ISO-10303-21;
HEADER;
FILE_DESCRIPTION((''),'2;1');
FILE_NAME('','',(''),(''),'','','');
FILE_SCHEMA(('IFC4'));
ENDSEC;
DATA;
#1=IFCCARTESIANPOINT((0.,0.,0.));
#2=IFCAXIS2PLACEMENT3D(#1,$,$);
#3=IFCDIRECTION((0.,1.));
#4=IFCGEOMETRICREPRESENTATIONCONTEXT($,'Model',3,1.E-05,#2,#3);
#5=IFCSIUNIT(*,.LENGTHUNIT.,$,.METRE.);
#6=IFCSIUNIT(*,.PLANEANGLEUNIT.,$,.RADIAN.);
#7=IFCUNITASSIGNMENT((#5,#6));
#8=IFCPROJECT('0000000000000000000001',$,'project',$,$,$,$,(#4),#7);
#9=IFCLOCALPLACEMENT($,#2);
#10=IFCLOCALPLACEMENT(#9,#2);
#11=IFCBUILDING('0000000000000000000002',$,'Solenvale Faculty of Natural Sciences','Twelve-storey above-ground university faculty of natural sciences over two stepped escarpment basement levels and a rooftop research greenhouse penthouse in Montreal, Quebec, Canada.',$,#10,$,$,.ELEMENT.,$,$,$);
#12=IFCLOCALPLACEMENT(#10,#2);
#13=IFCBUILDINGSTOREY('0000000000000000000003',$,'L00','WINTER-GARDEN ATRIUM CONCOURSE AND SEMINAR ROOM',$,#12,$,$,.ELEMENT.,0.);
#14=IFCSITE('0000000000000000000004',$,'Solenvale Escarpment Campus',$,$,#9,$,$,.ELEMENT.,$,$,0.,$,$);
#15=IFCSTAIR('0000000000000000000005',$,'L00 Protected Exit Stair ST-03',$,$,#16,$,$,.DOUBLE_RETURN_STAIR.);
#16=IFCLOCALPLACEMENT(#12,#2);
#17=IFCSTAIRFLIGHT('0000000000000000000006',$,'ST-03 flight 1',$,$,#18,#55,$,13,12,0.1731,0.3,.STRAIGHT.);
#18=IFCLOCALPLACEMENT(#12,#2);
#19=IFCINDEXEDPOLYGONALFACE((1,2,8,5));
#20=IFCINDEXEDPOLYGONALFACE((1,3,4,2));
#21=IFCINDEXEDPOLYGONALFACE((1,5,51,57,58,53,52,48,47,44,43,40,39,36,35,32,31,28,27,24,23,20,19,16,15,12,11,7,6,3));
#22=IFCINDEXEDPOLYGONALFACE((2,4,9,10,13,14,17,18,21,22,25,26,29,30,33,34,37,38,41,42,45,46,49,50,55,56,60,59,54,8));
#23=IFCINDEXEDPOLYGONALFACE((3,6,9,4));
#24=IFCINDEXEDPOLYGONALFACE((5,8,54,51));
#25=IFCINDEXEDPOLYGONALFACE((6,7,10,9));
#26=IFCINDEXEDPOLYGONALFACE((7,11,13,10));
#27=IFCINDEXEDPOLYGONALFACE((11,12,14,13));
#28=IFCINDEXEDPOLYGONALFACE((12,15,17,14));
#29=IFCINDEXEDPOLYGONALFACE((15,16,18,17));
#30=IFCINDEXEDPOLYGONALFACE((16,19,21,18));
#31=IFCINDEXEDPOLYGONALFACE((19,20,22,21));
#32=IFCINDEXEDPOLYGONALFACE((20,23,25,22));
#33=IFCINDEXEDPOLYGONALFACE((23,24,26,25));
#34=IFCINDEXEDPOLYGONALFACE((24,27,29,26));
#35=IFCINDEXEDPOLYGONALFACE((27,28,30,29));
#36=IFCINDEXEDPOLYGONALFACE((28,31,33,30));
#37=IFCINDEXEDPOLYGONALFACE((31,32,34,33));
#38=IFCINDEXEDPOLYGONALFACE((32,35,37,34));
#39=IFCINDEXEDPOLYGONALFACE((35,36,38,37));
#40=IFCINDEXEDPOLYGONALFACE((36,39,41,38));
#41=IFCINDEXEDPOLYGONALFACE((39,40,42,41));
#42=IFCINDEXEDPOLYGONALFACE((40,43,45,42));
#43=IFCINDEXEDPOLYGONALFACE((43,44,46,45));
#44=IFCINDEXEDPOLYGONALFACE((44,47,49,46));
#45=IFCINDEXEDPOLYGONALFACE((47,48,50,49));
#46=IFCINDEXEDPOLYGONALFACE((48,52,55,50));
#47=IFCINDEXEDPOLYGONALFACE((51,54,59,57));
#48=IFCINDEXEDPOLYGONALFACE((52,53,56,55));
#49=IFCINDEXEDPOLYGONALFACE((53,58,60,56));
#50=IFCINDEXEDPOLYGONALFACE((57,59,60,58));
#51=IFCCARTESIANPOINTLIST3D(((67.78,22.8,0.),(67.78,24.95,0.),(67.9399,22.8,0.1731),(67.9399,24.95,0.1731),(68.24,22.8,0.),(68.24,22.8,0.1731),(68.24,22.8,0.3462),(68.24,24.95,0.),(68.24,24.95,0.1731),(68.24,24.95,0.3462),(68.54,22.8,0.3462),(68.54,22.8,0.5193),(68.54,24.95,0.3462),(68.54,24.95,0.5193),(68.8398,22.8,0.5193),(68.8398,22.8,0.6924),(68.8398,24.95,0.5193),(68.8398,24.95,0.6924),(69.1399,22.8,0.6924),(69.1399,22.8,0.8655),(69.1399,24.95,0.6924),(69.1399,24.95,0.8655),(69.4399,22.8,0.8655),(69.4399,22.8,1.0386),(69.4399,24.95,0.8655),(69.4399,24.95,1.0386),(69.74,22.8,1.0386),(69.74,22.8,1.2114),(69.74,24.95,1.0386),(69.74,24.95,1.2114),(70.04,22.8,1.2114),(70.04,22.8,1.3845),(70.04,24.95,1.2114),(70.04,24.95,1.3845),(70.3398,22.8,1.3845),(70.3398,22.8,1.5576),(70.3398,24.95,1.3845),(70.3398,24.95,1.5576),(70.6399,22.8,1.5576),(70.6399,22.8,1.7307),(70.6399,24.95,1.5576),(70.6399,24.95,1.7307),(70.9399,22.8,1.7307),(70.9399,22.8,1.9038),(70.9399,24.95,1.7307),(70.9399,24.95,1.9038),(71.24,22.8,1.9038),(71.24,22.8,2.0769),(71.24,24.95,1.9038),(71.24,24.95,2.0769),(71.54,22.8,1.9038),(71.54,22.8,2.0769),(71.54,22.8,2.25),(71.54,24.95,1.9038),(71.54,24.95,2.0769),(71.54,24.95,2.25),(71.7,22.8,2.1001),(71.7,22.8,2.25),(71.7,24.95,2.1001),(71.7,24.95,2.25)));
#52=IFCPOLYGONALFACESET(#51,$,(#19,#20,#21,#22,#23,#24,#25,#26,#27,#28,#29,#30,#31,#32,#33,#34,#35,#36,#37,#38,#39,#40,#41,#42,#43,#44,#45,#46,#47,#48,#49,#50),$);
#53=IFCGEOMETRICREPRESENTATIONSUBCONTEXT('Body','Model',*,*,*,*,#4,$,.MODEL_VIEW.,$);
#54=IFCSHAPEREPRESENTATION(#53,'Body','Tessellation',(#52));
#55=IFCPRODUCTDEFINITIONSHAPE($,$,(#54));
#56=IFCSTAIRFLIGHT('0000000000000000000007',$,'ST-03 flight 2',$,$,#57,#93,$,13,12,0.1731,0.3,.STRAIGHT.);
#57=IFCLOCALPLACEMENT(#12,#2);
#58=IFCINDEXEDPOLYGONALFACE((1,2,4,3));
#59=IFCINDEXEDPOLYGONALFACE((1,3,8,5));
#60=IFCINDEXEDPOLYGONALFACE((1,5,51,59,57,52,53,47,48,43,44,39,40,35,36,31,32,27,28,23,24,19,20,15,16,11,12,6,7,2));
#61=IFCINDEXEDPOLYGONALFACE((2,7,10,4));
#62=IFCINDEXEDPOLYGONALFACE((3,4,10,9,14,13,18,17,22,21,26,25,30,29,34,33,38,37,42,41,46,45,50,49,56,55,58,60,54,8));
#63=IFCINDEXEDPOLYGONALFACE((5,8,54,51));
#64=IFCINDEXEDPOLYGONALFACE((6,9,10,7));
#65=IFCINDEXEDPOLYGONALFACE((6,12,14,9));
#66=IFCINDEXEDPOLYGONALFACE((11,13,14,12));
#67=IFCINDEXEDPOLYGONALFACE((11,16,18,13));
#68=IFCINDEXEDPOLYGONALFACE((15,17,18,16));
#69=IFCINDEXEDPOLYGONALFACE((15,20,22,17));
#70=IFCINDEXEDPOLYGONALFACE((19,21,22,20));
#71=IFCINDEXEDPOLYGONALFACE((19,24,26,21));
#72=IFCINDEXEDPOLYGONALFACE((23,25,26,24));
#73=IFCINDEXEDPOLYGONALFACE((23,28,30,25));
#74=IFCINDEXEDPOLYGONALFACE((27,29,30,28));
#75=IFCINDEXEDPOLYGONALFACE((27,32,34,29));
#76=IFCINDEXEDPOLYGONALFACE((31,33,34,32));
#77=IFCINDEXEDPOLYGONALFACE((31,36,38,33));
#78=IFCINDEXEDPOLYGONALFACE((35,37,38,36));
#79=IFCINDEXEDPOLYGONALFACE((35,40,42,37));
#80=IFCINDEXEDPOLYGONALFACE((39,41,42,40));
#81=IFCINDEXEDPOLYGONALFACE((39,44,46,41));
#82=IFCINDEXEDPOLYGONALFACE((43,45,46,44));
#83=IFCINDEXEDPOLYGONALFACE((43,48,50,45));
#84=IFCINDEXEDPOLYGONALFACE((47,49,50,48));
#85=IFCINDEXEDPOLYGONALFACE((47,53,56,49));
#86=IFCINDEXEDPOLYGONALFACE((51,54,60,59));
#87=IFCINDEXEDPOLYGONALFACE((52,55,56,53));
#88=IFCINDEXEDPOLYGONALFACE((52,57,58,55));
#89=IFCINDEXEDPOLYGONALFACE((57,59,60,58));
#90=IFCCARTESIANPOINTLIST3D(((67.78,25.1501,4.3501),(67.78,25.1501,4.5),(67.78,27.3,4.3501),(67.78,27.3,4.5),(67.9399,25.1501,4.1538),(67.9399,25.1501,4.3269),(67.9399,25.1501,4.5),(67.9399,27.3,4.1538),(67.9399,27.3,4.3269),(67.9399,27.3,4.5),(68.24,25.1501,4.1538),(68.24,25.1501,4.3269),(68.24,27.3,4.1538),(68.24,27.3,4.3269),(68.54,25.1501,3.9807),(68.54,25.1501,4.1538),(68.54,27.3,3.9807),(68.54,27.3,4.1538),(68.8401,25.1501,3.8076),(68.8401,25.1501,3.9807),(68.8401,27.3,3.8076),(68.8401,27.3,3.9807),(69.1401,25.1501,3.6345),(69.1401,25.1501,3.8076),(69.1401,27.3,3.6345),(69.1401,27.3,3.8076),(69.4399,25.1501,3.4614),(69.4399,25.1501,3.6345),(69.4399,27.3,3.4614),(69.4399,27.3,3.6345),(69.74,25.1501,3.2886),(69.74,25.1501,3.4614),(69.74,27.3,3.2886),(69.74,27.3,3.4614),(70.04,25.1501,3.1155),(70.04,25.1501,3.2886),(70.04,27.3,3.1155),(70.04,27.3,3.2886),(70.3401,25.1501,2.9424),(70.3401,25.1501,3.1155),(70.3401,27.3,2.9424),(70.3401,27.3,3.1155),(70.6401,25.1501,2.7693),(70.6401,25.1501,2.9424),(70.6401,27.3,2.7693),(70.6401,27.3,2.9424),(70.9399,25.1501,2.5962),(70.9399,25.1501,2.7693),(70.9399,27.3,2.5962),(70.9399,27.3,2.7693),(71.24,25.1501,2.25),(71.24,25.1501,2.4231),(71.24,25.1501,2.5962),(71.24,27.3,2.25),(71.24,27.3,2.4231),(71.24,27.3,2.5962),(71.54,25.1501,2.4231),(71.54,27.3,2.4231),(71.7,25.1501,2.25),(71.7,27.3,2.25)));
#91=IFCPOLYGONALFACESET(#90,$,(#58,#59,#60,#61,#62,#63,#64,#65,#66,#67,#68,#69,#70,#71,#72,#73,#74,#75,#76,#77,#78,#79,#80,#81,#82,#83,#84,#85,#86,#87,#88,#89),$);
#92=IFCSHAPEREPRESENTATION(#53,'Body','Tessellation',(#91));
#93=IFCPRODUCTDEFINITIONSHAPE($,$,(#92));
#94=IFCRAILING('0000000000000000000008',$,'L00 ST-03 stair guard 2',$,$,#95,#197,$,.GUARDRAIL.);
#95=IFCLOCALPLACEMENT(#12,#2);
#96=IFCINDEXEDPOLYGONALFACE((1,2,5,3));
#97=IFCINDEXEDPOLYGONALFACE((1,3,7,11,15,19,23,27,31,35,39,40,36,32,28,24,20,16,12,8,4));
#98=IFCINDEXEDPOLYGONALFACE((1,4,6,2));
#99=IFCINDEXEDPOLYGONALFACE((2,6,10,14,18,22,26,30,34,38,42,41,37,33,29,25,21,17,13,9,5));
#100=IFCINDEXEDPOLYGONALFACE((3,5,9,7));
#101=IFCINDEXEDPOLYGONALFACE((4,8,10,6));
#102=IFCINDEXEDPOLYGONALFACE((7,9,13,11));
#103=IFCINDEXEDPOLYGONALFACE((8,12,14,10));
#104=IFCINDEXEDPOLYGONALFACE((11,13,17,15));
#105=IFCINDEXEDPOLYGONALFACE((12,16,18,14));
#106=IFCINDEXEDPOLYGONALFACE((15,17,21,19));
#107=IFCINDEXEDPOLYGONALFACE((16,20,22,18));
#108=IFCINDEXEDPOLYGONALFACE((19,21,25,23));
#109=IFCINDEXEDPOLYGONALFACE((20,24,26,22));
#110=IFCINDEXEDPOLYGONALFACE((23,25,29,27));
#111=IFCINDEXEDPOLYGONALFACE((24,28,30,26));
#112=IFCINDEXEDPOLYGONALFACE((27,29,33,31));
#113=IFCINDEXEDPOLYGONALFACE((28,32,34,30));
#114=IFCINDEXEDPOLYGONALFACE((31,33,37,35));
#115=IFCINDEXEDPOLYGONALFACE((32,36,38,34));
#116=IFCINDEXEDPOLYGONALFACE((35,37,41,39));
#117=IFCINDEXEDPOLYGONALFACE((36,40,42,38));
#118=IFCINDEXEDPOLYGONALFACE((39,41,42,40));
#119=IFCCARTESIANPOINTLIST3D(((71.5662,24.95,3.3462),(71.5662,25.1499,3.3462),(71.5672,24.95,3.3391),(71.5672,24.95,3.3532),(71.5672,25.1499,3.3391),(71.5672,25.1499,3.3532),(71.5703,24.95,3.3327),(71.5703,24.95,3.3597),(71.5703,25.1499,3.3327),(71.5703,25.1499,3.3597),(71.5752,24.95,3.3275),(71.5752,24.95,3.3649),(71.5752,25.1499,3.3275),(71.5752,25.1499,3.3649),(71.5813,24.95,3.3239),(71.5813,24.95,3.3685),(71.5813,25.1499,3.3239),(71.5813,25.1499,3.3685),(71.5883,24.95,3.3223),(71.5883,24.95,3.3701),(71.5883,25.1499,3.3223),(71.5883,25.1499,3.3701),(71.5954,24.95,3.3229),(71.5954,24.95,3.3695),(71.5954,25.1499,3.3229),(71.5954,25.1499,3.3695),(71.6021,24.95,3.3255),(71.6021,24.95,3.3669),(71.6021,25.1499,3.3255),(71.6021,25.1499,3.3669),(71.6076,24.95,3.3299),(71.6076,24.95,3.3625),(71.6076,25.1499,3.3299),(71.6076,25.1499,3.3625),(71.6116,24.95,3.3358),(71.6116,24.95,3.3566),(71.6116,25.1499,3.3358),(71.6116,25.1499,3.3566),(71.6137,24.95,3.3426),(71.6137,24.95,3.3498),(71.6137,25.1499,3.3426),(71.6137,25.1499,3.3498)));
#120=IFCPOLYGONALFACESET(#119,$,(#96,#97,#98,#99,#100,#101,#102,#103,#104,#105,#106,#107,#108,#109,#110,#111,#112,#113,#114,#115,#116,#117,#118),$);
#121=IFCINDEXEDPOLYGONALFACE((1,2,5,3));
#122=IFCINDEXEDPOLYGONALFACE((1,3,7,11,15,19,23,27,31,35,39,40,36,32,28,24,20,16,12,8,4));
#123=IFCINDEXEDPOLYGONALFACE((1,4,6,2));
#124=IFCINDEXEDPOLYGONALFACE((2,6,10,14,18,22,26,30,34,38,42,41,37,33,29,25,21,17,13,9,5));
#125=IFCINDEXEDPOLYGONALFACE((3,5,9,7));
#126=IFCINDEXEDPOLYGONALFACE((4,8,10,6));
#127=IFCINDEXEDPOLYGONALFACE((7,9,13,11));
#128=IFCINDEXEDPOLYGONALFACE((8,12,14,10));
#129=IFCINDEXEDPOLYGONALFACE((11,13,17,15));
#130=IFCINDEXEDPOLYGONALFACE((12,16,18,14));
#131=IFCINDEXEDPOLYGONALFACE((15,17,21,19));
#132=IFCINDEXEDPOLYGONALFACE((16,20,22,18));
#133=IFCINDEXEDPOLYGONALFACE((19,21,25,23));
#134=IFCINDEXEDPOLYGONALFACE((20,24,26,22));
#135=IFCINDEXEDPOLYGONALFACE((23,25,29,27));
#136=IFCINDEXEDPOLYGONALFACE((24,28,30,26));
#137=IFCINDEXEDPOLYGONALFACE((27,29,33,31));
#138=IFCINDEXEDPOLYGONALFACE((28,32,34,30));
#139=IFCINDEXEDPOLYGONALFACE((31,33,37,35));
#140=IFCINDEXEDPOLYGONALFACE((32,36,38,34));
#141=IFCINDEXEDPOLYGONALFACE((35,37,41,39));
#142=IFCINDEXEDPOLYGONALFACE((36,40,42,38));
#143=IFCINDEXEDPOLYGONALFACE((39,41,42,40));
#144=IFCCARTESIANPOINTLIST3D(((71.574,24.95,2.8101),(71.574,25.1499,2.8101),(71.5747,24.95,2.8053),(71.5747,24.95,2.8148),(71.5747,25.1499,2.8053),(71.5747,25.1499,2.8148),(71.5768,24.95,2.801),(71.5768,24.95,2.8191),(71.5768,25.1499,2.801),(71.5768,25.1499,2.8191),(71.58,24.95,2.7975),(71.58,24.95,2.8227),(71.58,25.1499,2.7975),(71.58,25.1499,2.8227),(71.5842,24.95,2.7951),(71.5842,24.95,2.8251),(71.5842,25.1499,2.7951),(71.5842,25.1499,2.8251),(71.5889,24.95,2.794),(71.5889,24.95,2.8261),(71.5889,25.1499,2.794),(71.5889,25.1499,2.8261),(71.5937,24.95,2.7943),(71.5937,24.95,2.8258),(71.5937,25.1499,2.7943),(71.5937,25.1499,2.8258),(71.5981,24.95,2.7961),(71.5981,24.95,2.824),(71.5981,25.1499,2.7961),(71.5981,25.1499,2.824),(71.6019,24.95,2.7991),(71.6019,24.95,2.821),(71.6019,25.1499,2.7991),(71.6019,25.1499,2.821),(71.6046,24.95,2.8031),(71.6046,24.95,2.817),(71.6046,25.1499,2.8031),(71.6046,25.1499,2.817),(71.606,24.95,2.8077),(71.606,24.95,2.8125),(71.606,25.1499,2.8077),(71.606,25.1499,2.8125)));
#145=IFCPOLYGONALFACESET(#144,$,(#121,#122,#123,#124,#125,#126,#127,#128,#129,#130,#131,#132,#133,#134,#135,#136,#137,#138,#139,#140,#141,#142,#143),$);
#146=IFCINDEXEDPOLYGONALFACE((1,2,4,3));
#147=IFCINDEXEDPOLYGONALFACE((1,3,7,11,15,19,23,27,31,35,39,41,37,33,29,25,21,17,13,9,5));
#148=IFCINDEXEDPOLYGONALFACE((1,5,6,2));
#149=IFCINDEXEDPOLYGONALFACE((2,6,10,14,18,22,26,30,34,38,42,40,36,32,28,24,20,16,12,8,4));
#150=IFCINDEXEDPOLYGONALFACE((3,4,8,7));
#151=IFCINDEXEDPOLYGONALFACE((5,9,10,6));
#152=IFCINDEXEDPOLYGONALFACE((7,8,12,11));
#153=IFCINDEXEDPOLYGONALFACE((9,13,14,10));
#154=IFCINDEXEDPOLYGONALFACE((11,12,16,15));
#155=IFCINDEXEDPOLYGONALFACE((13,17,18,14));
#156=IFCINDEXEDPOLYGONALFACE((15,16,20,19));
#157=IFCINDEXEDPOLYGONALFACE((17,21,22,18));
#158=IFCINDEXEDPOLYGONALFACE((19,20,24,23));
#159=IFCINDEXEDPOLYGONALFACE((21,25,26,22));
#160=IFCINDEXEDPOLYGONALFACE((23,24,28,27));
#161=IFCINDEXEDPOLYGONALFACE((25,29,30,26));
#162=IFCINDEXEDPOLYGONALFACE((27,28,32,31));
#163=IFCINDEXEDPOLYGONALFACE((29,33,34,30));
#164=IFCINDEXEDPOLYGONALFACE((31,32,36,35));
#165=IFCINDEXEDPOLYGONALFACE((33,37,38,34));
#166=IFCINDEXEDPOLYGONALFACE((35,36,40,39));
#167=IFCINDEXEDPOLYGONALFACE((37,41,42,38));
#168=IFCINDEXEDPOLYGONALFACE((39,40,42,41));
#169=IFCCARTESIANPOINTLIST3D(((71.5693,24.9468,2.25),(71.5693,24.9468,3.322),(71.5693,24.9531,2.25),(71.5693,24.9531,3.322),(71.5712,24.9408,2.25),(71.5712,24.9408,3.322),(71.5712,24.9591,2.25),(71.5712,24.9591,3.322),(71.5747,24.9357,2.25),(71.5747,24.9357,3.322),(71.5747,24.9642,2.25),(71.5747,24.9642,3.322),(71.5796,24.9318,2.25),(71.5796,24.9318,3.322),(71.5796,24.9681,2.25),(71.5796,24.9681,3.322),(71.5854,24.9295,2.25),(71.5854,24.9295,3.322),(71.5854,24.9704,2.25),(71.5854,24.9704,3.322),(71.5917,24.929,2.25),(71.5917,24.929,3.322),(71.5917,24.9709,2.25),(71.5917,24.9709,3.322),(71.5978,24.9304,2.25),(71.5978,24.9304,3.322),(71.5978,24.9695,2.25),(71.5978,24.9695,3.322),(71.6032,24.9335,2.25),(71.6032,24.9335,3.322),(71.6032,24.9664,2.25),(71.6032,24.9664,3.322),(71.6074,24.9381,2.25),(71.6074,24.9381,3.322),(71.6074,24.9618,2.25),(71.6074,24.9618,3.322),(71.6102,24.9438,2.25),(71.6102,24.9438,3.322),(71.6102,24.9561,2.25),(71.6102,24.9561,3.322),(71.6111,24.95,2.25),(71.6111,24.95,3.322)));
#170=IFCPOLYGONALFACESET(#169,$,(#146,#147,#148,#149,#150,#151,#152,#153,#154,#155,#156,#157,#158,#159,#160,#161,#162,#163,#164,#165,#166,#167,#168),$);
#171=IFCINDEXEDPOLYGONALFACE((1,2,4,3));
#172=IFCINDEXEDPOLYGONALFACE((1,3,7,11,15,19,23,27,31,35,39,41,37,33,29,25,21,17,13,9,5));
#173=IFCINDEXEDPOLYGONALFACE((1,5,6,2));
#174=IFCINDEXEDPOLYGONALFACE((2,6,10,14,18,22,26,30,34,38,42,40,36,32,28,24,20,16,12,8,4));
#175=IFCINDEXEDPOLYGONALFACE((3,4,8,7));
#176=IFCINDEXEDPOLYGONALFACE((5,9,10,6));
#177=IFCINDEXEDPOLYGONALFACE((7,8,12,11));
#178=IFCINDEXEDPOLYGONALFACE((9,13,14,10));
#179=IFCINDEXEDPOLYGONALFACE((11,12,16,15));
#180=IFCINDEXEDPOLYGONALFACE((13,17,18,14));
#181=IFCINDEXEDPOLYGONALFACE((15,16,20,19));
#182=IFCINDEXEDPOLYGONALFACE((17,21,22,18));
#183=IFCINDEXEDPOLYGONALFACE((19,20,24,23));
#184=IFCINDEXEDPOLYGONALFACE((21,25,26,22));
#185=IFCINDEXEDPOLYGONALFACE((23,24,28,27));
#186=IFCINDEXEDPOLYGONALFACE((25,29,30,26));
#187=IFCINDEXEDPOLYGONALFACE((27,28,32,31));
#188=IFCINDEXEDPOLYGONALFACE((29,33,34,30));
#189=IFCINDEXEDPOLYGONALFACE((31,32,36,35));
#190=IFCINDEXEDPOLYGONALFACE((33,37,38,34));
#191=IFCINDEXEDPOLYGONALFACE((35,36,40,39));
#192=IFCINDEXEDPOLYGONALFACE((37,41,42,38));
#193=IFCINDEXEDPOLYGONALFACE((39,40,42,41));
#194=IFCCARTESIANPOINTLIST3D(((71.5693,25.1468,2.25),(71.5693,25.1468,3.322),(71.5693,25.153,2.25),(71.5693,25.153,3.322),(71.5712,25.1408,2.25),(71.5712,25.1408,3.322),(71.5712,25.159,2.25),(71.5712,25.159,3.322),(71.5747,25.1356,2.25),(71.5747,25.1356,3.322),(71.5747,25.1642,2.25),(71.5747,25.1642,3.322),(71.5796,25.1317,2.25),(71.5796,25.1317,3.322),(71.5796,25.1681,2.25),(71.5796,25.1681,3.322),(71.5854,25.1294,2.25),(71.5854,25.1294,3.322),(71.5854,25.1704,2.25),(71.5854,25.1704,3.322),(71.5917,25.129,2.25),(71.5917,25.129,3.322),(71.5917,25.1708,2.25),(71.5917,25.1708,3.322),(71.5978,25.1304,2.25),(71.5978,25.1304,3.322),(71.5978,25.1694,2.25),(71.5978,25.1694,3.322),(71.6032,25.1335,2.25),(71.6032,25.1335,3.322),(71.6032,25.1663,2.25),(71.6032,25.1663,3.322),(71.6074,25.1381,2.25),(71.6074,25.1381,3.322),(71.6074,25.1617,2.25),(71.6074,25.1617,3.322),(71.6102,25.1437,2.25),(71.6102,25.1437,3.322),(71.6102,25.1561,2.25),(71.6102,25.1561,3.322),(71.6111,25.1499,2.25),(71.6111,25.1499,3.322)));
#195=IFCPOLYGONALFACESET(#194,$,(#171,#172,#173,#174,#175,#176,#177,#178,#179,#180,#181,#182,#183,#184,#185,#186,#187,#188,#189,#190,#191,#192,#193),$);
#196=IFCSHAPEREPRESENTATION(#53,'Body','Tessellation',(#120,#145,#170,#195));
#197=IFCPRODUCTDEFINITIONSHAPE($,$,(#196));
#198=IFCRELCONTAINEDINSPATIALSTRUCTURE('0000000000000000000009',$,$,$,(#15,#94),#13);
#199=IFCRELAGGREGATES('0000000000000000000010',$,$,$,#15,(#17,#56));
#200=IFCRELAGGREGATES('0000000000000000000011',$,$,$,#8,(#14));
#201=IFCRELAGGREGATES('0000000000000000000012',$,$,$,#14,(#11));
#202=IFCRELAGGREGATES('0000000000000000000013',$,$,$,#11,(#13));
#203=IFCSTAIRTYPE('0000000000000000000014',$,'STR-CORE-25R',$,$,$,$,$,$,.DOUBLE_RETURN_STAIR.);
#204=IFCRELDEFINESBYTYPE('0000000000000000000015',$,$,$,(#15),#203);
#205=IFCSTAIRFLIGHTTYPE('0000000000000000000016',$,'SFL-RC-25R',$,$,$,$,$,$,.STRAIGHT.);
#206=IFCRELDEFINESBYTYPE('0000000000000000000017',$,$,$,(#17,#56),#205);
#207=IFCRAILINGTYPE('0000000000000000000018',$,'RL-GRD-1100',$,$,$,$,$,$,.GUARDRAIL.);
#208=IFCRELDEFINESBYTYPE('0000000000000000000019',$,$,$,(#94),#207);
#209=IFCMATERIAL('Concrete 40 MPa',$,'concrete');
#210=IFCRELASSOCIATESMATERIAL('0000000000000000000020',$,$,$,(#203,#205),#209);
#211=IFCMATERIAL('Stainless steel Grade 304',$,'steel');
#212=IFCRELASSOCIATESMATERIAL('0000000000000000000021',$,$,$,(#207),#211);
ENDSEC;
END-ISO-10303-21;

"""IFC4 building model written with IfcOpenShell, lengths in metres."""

from ifc_helpers import new_model, si_unit, direction, frame, origin, origin_2d, place, context, subcontext, project, spatial, polyline, circle, outline, extrude, material, type_object, element, aggregate, save


model = new_model("IFC4")

# Units and contexts
model_context = context("Model", 3, precision=1e-05, world=origin(), true_north=direction((0.0, 1.0)))
body_context = subcontext(model_context, "Body", "Model", "MODEL_VIEW")
ifc_project = project(units=[si_unit("LENGTHUNIT", "METRE"), si_unit("PLANEANGLEUNIT", "RADIAN")], contexts=[model_context])

# Site, building, storey
site_placement = place(None, origin())
site = spatial("IfcSite", under=ifc_project, at=site_placement, Name="Solenvale Escarpment Campus", CompositionType="ELEMENT", RefElevation=0.0)
building_placement = place(site_placement, origin())
building = spatial("IfcBuilding", under=site, at=building_placement, Name="Solenvale Faculty of Natural Sciences", Description="Twelve-storey above-ground university faculty of natural sciences over two stepped escarpment basement levels and a rooftop research greenhouse penthouse in Montreal, Quebec, Canada.", CompositionType="ELEMENT")
storey_placement = place(building_placement, origin())
storey = spatial("IfcBuildingStorey", under=building, at=storey_placement, Name="L00", Description="WINTER-GARDEN ATRIUM CONCOURSE AND SEMINAR ROOM", CompositionType="ELEMENT", Elevation=0.0)

# Shared definitions
ifc_material_1 = material(Name="Concrete 40 MPa", Category="concrete")

# Shared definitions
ifc_material_2 = material(Name="Stainless steel Grade 304", Category="steel")

# Stair, stair flights
stair_type = type_object("IfcStairType", Name="STR-CORE-25R", PredefinedType="DOUBLE_RETURN_STAIR", material=ifc_material_1)
stair_placement = place(storey_placement, origin())
stair = element("IfcStair", 1, at=stair_placement, inside=storey, type_object=stair_type, Name="L00 Protected Exit Stair ST-03", PredefinedType="DOUBLE_RETURN_STAIR")
stair_flight_type = type_object("IfcStairFlightType", Name="SFL-RC-25R", PredefinedType="STRAIGHT", material=ifc_material_1)
stair_flight_1_placement = place(storey_placement, frame((67.9399, 23.875, 0.0), z_axis=(0.0, 0.0, 1.0), x_axis=(1.0, 0.0, 0.0)))
stair_flight_1 = element("IfcStairFlight", 2, at=stair_flight_1_placement, type_object=stair_flight_type, Name="ST-03 flight 1", NumberOfRisers=13, NumberOfTreads=12, PredefinedType="STRAIGHT", RiserHeight=0.1731, TreadLength=0.3, context=body_context, shape_type="SweptSolid", body=[
    extrude(outline(polyline([(-0.1599, 0.0), (0.0, 0.1731), (0.3, 0.1731), (0.3, 0.3462), (0.6001, 0.3462), (0.6001, 0.5193), (0.8999, 0.5193), (0.8999, 0.6924), (1.2, 0.6924), (1.2, 0.8655), (1.5, 0.8655), (1.5, 1.0386), (1.8, 1.0386), (1.8, 1.2114), (2.1001, 1.2114), (2.1001, 1.3845), (2.3999, 1.3845), (2.3999, 1.5576), (2.7, 1.5576), (2.7, 1.7307), (3.0, 1.7307), (3.0, 1.9038), (3.3, 1.9038), (3.3, 2.0769), (3.6001, 2.0769), (3.6001, 2.25), (3.76, 2.25), (3.76, 2.1001), (3.6001, 1.9038), (0.3, 0.0), (-0.1599, 0.0)])), frame((0.0, 1.075, 0.0), z_axis=(0.0, -1.0, 0.0), x_axis=(1.0, 0.0, 0.0)), (0.0, 0.0, 1.0), 2.1499),
])
stair_flight_2_placement = place(storey_placement, frame((71.54, 26.2251, 2.25), z_axis=(0.0, 0.0, 1.0), x_axis=(-1.0, 0.0, 0.0)))
stair_flight_2 = element("IfcStairFlight", 3, at=stair_flight_2_placement, type_object=stair_flight_type, Name="ST-03 flight 2", NumberOfRisers=13, NumberOfTreads=12, PredefinedType="STRAIGHT", RiserHeight=0.1731, TreadLength=0.3, context=body_context, shape_type="SweptSolid", body=[
    extrude(outline(polyline([(-0.1599, 0.0), (0.0, 0.1731), (0.3, 0.1731), (0.3, 0.3462), (0.6001, 0.3462), (0.6001, 0.5193), (0.8999, 0.5193), (0.8999, 0.6924), (1.2, 0.6924), (1.2, 0.8655), (1.5, 0.8655), (1.5, 1.0386), (1.8, 1.0386), (1.8, 1.2114), (2.1001, 1.2114), (2.1001, 1.3845), (2.3999, 1.3845), (2.3999, 1.5576), (2.7, 1.5576), (2.7, 1.7307), (3.0, 1.7307), (3.0, 1.9038), (3.3, 1.9038), (3.3, 2.0769), (3.6001, 2.0769), (3.6001, 2.25), (3.76, 2.25), (3.76, 2.1001), (3.6001, 1.9038), (0.3, 0.0), (-0.1599, 0.0)])), frame((0.0, 1.075, 0.0), z_axis=(0.0, -1.0, 0.0), x_axis=(1.0, 0.0, 0.0)), (0.0, 0.0, 1.0), 2.1499),
])
aggregate(stair, [stair_flight_1, stair_flight_2])

# Railing
railing_type_1 = type_object("IfcRailingType", Name="RL-GRD-1100", PredefinedType="GUARDRAIL", material=ifc_material_2)
railing_1_placement = place(storey_placement, frame((71.5901, 24.95, 2.25)))
element("IfcRailing", 4, at=railing_1_placement, inside=storey, type_object=railing_type_1, Name="L00 ST-03 stair guard 2", PredefinedType="GUARDRAIL", context=body_context, shape_type="SweptSolid", body=[
    extrude(circle(Radius=0.0239, at=origin_2d()), frame((0.0, 0.0, 1.0962), z_axis=(0.0, 1.0, 0.0), x_axis=(-1.0, 0.0, 0.0)), (0.0, 0.0, 1.0), 0.2),
    extrude(circle(Radius=0.0161, at=origin_2d()), frame((0.0, 0.0, 0.5601), z_axis=(0.0, 1.0, 0.0), x_axis=(-1.0, 0.0, 0.0)), (0.0, 0.0, 1.0), 0.2),
    extrude(circle(Radius=0.021, at=origin_2d()), origin(), (0.0, 0.0, 1.0), 1.072),
    extrude(circle(Radius=0.021, at=origin_2d()), frame((0.0, 0.2, 0.0)), (0.0, 0.0, 1.0), 1.072),
])

save(model, "model.ifc")
